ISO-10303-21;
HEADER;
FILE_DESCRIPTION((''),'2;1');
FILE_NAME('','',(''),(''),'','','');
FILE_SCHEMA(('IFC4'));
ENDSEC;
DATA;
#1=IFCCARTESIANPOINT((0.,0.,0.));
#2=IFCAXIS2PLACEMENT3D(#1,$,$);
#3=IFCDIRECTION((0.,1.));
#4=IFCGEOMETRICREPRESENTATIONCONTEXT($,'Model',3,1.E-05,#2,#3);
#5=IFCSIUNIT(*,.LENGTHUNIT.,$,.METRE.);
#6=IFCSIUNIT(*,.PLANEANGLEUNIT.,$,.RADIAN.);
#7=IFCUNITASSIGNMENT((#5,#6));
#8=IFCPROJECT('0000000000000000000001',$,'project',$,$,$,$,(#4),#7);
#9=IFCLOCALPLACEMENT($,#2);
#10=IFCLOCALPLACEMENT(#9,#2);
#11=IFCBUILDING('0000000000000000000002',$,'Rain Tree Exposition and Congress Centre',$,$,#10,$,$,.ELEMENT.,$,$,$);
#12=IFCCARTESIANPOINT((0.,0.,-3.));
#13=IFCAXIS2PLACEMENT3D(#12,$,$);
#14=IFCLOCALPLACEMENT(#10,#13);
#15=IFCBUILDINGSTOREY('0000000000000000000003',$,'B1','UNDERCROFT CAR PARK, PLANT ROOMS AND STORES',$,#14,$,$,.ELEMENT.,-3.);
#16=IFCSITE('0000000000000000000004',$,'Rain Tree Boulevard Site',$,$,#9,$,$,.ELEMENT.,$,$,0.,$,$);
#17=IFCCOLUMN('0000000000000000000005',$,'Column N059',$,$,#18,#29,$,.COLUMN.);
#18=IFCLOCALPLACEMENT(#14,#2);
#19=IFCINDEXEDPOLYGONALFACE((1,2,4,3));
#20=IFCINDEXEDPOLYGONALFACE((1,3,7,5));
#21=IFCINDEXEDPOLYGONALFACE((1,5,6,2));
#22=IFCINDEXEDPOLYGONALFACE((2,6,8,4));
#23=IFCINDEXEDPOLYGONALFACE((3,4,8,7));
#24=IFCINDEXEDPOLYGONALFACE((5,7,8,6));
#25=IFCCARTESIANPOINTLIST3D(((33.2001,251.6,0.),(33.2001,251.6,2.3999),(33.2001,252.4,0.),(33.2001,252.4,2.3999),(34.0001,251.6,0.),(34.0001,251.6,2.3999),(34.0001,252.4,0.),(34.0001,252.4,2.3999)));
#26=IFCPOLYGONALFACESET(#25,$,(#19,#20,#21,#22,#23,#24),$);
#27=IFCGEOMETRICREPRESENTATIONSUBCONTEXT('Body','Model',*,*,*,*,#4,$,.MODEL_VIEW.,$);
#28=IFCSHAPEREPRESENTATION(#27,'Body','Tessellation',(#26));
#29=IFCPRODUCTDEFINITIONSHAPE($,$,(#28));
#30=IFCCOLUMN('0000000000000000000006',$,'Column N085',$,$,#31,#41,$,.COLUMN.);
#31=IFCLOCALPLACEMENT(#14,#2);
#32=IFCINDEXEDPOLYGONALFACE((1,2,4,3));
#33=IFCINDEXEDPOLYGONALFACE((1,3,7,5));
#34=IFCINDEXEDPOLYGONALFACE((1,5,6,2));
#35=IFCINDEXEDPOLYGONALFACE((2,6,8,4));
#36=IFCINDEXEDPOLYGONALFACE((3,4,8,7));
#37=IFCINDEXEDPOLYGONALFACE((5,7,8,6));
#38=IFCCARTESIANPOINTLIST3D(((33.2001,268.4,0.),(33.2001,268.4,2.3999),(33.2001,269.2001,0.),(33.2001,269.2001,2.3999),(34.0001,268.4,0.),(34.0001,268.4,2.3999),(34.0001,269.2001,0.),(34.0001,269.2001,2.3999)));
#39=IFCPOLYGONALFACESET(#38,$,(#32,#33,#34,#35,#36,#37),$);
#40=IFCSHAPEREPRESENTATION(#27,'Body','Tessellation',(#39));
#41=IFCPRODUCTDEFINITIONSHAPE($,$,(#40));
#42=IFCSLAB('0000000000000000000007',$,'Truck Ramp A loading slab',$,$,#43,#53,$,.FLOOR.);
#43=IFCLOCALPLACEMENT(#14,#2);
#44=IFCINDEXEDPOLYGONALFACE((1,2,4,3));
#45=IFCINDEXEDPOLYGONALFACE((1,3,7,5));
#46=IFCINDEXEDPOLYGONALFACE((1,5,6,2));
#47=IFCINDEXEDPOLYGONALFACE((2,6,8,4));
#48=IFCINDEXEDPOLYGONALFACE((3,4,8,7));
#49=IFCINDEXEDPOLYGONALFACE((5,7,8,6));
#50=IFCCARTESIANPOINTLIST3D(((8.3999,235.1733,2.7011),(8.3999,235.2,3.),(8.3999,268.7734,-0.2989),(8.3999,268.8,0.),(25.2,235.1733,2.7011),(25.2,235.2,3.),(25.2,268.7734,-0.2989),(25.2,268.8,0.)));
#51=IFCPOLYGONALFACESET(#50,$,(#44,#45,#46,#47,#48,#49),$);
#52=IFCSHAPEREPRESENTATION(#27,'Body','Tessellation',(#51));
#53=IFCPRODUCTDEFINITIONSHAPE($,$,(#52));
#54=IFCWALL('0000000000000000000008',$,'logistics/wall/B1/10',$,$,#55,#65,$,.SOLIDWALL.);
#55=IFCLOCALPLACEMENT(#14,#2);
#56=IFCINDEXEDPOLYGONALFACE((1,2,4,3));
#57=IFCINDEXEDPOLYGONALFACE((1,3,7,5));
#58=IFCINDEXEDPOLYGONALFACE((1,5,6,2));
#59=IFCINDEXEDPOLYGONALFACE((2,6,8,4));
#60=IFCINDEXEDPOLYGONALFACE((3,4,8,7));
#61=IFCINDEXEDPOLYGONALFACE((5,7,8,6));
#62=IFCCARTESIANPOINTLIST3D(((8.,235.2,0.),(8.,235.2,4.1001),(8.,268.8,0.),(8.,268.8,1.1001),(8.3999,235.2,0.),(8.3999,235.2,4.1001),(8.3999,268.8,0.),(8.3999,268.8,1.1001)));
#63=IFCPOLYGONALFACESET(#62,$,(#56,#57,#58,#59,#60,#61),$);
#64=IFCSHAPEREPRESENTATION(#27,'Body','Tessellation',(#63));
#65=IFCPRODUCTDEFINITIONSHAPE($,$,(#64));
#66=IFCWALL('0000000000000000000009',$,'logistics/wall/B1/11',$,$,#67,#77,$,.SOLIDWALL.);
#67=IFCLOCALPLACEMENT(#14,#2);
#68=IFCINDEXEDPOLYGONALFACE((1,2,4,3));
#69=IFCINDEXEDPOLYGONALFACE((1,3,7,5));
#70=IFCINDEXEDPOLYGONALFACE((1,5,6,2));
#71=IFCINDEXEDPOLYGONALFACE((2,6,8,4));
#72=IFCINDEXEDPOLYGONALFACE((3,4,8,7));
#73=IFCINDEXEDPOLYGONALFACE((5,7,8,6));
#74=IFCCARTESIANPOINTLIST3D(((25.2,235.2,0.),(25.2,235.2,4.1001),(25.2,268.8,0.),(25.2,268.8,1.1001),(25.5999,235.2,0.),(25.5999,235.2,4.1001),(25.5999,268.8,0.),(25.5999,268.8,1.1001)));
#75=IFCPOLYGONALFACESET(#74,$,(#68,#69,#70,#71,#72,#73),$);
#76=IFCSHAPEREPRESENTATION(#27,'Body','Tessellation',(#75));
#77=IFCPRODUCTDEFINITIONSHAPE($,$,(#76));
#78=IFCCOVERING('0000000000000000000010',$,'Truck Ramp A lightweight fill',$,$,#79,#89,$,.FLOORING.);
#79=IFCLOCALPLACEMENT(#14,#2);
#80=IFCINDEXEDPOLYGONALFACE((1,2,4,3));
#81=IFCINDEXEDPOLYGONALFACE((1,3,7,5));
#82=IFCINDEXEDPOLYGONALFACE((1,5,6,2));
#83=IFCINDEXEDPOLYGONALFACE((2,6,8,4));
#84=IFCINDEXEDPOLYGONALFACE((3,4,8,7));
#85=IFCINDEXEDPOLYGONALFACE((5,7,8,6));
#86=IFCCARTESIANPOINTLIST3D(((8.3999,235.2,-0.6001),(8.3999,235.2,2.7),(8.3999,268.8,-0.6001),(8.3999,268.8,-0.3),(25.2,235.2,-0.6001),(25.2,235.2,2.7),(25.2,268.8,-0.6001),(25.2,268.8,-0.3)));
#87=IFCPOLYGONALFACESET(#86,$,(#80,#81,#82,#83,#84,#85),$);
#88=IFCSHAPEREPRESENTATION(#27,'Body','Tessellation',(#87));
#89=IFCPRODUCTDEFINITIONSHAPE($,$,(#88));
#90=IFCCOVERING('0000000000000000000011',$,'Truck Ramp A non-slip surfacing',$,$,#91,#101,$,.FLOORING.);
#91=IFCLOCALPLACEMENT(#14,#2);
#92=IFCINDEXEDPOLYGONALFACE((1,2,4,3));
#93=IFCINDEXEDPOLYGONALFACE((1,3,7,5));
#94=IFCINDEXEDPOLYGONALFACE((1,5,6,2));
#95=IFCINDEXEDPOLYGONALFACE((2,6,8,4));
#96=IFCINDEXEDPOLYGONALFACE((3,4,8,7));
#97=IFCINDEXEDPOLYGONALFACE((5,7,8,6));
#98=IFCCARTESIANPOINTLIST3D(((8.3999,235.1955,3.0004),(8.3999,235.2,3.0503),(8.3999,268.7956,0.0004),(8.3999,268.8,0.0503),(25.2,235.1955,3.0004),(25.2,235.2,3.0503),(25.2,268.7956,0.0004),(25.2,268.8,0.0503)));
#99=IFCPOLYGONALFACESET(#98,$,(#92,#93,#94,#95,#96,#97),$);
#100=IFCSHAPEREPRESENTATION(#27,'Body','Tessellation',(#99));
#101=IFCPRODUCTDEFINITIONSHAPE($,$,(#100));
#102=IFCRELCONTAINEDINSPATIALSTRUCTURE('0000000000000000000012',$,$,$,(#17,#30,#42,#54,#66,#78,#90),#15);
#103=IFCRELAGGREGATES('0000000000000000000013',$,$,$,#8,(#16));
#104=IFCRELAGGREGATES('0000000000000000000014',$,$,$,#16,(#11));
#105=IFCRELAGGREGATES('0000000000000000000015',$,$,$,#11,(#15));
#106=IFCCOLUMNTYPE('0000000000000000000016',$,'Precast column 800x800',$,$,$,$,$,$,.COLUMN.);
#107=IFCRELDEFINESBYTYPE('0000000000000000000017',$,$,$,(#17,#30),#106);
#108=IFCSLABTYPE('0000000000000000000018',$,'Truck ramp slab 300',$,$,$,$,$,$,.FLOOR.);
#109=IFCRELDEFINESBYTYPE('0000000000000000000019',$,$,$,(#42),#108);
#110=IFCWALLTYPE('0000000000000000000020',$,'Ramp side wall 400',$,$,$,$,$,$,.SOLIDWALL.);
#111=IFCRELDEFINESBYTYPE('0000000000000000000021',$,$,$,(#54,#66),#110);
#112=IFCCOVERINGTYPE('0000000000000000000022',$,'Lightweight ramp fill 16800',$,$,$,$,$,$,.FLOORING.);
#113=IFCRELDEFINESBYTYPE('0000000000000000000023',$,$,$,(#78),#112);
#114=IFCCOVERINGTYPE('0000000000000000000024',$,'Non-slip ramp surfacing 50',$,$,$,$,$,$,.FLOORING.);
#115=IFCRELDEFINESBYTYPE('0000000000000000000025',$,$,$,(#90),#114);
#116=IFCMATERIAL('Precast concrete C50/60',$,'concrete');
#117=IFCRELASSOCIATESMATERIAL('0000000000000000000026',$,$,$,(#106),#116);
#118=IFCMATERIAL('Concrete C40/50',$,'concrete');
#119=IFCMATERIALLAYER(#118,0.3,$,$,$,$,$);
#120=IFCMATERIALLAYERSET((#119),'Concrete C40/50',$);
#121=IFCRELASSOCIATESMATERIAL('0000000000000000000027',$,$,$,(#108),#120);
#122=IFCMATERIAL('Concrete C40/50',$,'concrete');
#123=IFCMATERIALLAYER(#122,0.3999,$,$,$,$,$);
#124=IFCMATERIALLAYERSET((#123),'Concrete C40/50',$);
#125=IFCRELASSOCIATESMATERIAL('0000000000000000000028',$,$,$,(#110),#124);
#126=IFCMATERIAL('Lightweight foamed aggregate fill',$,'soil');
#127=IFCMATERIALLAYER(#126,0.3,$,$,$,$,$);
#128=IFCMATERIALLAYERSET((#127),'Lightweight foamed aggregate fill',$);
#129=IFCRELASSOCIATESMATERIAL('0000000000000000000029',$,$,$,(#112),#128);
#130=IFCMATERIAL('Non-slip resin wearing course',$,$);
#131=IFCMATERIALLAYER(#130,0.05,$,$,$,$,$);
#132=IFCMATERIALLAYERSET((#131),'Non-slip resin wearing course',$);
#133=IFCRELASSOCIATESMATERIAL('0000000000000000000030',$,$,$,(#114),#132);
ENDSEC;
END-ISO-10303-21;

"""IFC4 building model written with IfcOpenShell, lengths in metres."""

from ifc_helpers import new_model, si_unit, direction, frame, origin, origin_2d, place, context, subcontext, project, spatial, polyline, rectangle, outline, extrude, material, layer, layer_set, material_profile, profile_set, type_object, element, save


model = new_model("IFC4")

# Units and contexts
model_context = context("Model", 3, precision=1e-05, world=origin(), true_north=direction((0.0, 1.0)))
body_context = subcontext(model_context, "Body", "Model", "MODEL_VIEW")
ifc_project = project(units=[si_unit("LENGTHUNIT", "METRE"), si_unit("PLANEANGLEUNIT", "RADIAN")], contexts=[model_context])

# Site, building, storey
site_placement = place(None, origin())
site = spatial("IfcSite", under=ifc_project, at=site_placement, Name="Rain Tree Boulevard Site", CompositionType="ELEMENT", RefElevation=0.0)
building_placement = place(site_placement, origin())
building = spatial("IfcBuilding", under=site, at=building_placement, Name="Rain Tree Exposition and Congress Centre", CompositionType="ELEMENT")
storey_placement = place(building_placement, frame((0.0, 0.0, -3.0)))
storey = spatial("IfcBuildingStorey", under=building, at=storey_placement, Name="B1", Description="UNDERCROFT CAR PARK, PLANT ROOMS AND STORES", CompositionType="ELEMENT", Elevation=-3.0)

# Columns
ifc_material_1 = material(Name="Precast concrete C50/60", Category="concrete")
ifc_material_profile_1 = material_profile(ifc_material_1, rectangle(XDim=0.8, YDim=0.8, at=origin_2d()), Name="RC 800x800")
ifc_profile_set_1 = profile_set([ifc_material_profile_1], Name="Precast concrete C50/60")
column_type = type_object("IfcColumnType", Name="Precast column 800x800", PredefinedType="COLUMN", material=ifc_profile_set_1)
for number, where, z_axis, x_axis, name in (
    (1, (33.6001, 252.0, 0.0), (0.0, 0.0, 1.0), (1.0, 0.0, 0.0), "Column N059"),
    (2, (33.6001, 268.8, 0.0), (0.0, 0.0, 1.0), (1.0, 0.0, 0.0), "Column N085"),
):
    element("IfcColumn", number, at=place(storey_placement, frame(where, z_axis=z_axis, x_axis=x_axis)), inside=storey, type_object=column_type, Name=name, PredefinedType="COLUMN", context=body_context, shape_type="SweptSolid", body=[
        extrude(rectangle(XDim=0.8, YDim=0.8, at=origin_2d()), origin(), (0.0, 0.0, 1.0), 2.3999),
    ])

# Slab
ifc_material_2 = material(Name="Concrete C40/50", Category="concrete")
ifc_layer_1 = layer(ifc_material_2, 0.3)
ifc_layer_set_1 = layer_set([ifc_layer_1], Name="Concrete C40/50")
slab_type = type_object("IfcSlabType", Name="Truck ramp slab 300", PredefinedType="FLOOR", material=ifc_layer_set_1)
slab_placement = place(storey_placement, frame((8.3999, 268.8, 0.0), z_axis=(0.0, 0.088932, 0.996038), x_axis=(1.0, 0.0, 0.0)))
element("IfcSlab", 3, at=slab_placement, inside=storey, type_object=slab_type, Name="Truck Ramp A loading slab", PredefinedType="FLOOR", context=body_context, shape_type="SweptSolid", body=[
    extrude(outline(polyline([(0.0, 0.0), (16.8, 0.0), (16.8, -33.7338), (0.0, -33.7338), (0.0, 0.0)])), origin(), (0.0, 0.0, -1.0), 0.3),
])

# Walls
ifc_material_3 = material(Name="Concrete C40/50", Category="concrete")
ifc_layer_2 = layer(ifc_material_3, 0.3999)
ifc_layer_set_2 = layer_set([ifc_layer_2], Name="Concrete C40/50")
wall_type = type_object("IfcWallType", Name="Ramp side wall 400", PredefinedType="SOLIDWALL", material=ifc_layer_set_2)
for number, where, z_axis, x_axis, name in (
    (4, (8.2, 268.8, 0.0), (0.0, 0.0, 1.0), (0.0, -1.0, 0.0), "logistics/wall/B1/10"),
    (5, (25.3999, 268.8, 0.0), (0.0, 0.0, 1.0), (0.0, -1.0, 0.0), "logistics/wall/B1/11"),
):
    element("IfcWall", number, at=place(storey_placement, frame(where, z_axis=z_axis, x_axis=x_axis)), inside=storey, type_object=wall_type, Name=name, PredefinedType="SOLIDWALL", context=body_context, shape_type="SweptSolid", body=[
        extrude(outline(polyline([(0.0, 0.0), (33.6001, 0.0), (33.6001, 4.1001), (0.0, 1.1001), (0.0, 0.0)])), frame((0.0, 0.2, 0.0), z_axis=(0.0, -1.0, 0.0), x_axis=(1.0, 0.0, 0.0)), (0.0, 0.0, 1.0), 0.3999),
    ])

# Coverings
ifc_material_4 = material(Name="Lightweight foamed aggregate fill", Category="soil")
ifc_layer_3 = layer(ifc_material_4, 0.3)
ifc_layer_set_3 = layer_set([ifc_layer_3], Name="Lightweight foamed aggregate fill")
covering_type_1 = type_object("IfcCoveringType", Name="Lightweight ramp fill 16800", PredefinedType="FLOORING", material=ifc_layer_set_3)
covering_1_placement = place(storey_placement, frame((16.8, 268.8, -0.6001), z_axis=(0.0, 0.0, 1.0), x_axis=(0.0, -1.0, 0.0)))
element("IfcCovering", 6, at=covering_1_placement, inside=storey, type_object=covering_type_1, Name="Truck Ramp A lightweight fill", PredefinedType="FLOORING", context=body_context, shape_type="SweptSolid", body=[
    extrude(outline(polyline([(0.0, 0.0), (33.6001, 0.0), (33.6001, 3.3), (0.0, 0.3), (0.0, 0.0)])), frame((0.0, 8.3999, 0.0), z_axis=(0.0, -1.0, 0.0), x_axis=(1.0, 0.0, 0.0)), (0.0, 0.0, 1.0), 16.8),
])
ifc_material_5 = material(Name="Non-slip resin wearing course")
ifc_layer_4 = layer(ifc_material_5, 0.05)
ifc_layer_set_4 = layer_set([ifc_layer_4], Name="Non-slip resin wearing course")
covering_type_2 = type_object("IfcCoveringType", Name="Non-slip ramp surfacing 50", PredefinedType="FLOORING", material=ifc_layer_set_4)
covering_2_placement = place(storey_placement, frame((8.3999, 268.8, 0.0503), z_axis=(0.0, 0.088932, 0.996038), x_axis=(1.0, 0.0, 0.0)))
element("IfcCovering", 7, at=covering_2_placement, inside=storey, type_object=covering_type_2, Name="Truck Ramp A non-slip surfacing", PredefinedType="FLOORING", context=body_context, shape_type="SweptSolid", body=[
    extrude(outline(polyline([(0.0, 0.0), (16.8, 0.0), (16.8, -33.7338), (0.0, -33.7338), (0.0, 0.0)])), origin(), (0.0, 0.0, -1.0), 0.05),
])

save(model, "model.ifc")
